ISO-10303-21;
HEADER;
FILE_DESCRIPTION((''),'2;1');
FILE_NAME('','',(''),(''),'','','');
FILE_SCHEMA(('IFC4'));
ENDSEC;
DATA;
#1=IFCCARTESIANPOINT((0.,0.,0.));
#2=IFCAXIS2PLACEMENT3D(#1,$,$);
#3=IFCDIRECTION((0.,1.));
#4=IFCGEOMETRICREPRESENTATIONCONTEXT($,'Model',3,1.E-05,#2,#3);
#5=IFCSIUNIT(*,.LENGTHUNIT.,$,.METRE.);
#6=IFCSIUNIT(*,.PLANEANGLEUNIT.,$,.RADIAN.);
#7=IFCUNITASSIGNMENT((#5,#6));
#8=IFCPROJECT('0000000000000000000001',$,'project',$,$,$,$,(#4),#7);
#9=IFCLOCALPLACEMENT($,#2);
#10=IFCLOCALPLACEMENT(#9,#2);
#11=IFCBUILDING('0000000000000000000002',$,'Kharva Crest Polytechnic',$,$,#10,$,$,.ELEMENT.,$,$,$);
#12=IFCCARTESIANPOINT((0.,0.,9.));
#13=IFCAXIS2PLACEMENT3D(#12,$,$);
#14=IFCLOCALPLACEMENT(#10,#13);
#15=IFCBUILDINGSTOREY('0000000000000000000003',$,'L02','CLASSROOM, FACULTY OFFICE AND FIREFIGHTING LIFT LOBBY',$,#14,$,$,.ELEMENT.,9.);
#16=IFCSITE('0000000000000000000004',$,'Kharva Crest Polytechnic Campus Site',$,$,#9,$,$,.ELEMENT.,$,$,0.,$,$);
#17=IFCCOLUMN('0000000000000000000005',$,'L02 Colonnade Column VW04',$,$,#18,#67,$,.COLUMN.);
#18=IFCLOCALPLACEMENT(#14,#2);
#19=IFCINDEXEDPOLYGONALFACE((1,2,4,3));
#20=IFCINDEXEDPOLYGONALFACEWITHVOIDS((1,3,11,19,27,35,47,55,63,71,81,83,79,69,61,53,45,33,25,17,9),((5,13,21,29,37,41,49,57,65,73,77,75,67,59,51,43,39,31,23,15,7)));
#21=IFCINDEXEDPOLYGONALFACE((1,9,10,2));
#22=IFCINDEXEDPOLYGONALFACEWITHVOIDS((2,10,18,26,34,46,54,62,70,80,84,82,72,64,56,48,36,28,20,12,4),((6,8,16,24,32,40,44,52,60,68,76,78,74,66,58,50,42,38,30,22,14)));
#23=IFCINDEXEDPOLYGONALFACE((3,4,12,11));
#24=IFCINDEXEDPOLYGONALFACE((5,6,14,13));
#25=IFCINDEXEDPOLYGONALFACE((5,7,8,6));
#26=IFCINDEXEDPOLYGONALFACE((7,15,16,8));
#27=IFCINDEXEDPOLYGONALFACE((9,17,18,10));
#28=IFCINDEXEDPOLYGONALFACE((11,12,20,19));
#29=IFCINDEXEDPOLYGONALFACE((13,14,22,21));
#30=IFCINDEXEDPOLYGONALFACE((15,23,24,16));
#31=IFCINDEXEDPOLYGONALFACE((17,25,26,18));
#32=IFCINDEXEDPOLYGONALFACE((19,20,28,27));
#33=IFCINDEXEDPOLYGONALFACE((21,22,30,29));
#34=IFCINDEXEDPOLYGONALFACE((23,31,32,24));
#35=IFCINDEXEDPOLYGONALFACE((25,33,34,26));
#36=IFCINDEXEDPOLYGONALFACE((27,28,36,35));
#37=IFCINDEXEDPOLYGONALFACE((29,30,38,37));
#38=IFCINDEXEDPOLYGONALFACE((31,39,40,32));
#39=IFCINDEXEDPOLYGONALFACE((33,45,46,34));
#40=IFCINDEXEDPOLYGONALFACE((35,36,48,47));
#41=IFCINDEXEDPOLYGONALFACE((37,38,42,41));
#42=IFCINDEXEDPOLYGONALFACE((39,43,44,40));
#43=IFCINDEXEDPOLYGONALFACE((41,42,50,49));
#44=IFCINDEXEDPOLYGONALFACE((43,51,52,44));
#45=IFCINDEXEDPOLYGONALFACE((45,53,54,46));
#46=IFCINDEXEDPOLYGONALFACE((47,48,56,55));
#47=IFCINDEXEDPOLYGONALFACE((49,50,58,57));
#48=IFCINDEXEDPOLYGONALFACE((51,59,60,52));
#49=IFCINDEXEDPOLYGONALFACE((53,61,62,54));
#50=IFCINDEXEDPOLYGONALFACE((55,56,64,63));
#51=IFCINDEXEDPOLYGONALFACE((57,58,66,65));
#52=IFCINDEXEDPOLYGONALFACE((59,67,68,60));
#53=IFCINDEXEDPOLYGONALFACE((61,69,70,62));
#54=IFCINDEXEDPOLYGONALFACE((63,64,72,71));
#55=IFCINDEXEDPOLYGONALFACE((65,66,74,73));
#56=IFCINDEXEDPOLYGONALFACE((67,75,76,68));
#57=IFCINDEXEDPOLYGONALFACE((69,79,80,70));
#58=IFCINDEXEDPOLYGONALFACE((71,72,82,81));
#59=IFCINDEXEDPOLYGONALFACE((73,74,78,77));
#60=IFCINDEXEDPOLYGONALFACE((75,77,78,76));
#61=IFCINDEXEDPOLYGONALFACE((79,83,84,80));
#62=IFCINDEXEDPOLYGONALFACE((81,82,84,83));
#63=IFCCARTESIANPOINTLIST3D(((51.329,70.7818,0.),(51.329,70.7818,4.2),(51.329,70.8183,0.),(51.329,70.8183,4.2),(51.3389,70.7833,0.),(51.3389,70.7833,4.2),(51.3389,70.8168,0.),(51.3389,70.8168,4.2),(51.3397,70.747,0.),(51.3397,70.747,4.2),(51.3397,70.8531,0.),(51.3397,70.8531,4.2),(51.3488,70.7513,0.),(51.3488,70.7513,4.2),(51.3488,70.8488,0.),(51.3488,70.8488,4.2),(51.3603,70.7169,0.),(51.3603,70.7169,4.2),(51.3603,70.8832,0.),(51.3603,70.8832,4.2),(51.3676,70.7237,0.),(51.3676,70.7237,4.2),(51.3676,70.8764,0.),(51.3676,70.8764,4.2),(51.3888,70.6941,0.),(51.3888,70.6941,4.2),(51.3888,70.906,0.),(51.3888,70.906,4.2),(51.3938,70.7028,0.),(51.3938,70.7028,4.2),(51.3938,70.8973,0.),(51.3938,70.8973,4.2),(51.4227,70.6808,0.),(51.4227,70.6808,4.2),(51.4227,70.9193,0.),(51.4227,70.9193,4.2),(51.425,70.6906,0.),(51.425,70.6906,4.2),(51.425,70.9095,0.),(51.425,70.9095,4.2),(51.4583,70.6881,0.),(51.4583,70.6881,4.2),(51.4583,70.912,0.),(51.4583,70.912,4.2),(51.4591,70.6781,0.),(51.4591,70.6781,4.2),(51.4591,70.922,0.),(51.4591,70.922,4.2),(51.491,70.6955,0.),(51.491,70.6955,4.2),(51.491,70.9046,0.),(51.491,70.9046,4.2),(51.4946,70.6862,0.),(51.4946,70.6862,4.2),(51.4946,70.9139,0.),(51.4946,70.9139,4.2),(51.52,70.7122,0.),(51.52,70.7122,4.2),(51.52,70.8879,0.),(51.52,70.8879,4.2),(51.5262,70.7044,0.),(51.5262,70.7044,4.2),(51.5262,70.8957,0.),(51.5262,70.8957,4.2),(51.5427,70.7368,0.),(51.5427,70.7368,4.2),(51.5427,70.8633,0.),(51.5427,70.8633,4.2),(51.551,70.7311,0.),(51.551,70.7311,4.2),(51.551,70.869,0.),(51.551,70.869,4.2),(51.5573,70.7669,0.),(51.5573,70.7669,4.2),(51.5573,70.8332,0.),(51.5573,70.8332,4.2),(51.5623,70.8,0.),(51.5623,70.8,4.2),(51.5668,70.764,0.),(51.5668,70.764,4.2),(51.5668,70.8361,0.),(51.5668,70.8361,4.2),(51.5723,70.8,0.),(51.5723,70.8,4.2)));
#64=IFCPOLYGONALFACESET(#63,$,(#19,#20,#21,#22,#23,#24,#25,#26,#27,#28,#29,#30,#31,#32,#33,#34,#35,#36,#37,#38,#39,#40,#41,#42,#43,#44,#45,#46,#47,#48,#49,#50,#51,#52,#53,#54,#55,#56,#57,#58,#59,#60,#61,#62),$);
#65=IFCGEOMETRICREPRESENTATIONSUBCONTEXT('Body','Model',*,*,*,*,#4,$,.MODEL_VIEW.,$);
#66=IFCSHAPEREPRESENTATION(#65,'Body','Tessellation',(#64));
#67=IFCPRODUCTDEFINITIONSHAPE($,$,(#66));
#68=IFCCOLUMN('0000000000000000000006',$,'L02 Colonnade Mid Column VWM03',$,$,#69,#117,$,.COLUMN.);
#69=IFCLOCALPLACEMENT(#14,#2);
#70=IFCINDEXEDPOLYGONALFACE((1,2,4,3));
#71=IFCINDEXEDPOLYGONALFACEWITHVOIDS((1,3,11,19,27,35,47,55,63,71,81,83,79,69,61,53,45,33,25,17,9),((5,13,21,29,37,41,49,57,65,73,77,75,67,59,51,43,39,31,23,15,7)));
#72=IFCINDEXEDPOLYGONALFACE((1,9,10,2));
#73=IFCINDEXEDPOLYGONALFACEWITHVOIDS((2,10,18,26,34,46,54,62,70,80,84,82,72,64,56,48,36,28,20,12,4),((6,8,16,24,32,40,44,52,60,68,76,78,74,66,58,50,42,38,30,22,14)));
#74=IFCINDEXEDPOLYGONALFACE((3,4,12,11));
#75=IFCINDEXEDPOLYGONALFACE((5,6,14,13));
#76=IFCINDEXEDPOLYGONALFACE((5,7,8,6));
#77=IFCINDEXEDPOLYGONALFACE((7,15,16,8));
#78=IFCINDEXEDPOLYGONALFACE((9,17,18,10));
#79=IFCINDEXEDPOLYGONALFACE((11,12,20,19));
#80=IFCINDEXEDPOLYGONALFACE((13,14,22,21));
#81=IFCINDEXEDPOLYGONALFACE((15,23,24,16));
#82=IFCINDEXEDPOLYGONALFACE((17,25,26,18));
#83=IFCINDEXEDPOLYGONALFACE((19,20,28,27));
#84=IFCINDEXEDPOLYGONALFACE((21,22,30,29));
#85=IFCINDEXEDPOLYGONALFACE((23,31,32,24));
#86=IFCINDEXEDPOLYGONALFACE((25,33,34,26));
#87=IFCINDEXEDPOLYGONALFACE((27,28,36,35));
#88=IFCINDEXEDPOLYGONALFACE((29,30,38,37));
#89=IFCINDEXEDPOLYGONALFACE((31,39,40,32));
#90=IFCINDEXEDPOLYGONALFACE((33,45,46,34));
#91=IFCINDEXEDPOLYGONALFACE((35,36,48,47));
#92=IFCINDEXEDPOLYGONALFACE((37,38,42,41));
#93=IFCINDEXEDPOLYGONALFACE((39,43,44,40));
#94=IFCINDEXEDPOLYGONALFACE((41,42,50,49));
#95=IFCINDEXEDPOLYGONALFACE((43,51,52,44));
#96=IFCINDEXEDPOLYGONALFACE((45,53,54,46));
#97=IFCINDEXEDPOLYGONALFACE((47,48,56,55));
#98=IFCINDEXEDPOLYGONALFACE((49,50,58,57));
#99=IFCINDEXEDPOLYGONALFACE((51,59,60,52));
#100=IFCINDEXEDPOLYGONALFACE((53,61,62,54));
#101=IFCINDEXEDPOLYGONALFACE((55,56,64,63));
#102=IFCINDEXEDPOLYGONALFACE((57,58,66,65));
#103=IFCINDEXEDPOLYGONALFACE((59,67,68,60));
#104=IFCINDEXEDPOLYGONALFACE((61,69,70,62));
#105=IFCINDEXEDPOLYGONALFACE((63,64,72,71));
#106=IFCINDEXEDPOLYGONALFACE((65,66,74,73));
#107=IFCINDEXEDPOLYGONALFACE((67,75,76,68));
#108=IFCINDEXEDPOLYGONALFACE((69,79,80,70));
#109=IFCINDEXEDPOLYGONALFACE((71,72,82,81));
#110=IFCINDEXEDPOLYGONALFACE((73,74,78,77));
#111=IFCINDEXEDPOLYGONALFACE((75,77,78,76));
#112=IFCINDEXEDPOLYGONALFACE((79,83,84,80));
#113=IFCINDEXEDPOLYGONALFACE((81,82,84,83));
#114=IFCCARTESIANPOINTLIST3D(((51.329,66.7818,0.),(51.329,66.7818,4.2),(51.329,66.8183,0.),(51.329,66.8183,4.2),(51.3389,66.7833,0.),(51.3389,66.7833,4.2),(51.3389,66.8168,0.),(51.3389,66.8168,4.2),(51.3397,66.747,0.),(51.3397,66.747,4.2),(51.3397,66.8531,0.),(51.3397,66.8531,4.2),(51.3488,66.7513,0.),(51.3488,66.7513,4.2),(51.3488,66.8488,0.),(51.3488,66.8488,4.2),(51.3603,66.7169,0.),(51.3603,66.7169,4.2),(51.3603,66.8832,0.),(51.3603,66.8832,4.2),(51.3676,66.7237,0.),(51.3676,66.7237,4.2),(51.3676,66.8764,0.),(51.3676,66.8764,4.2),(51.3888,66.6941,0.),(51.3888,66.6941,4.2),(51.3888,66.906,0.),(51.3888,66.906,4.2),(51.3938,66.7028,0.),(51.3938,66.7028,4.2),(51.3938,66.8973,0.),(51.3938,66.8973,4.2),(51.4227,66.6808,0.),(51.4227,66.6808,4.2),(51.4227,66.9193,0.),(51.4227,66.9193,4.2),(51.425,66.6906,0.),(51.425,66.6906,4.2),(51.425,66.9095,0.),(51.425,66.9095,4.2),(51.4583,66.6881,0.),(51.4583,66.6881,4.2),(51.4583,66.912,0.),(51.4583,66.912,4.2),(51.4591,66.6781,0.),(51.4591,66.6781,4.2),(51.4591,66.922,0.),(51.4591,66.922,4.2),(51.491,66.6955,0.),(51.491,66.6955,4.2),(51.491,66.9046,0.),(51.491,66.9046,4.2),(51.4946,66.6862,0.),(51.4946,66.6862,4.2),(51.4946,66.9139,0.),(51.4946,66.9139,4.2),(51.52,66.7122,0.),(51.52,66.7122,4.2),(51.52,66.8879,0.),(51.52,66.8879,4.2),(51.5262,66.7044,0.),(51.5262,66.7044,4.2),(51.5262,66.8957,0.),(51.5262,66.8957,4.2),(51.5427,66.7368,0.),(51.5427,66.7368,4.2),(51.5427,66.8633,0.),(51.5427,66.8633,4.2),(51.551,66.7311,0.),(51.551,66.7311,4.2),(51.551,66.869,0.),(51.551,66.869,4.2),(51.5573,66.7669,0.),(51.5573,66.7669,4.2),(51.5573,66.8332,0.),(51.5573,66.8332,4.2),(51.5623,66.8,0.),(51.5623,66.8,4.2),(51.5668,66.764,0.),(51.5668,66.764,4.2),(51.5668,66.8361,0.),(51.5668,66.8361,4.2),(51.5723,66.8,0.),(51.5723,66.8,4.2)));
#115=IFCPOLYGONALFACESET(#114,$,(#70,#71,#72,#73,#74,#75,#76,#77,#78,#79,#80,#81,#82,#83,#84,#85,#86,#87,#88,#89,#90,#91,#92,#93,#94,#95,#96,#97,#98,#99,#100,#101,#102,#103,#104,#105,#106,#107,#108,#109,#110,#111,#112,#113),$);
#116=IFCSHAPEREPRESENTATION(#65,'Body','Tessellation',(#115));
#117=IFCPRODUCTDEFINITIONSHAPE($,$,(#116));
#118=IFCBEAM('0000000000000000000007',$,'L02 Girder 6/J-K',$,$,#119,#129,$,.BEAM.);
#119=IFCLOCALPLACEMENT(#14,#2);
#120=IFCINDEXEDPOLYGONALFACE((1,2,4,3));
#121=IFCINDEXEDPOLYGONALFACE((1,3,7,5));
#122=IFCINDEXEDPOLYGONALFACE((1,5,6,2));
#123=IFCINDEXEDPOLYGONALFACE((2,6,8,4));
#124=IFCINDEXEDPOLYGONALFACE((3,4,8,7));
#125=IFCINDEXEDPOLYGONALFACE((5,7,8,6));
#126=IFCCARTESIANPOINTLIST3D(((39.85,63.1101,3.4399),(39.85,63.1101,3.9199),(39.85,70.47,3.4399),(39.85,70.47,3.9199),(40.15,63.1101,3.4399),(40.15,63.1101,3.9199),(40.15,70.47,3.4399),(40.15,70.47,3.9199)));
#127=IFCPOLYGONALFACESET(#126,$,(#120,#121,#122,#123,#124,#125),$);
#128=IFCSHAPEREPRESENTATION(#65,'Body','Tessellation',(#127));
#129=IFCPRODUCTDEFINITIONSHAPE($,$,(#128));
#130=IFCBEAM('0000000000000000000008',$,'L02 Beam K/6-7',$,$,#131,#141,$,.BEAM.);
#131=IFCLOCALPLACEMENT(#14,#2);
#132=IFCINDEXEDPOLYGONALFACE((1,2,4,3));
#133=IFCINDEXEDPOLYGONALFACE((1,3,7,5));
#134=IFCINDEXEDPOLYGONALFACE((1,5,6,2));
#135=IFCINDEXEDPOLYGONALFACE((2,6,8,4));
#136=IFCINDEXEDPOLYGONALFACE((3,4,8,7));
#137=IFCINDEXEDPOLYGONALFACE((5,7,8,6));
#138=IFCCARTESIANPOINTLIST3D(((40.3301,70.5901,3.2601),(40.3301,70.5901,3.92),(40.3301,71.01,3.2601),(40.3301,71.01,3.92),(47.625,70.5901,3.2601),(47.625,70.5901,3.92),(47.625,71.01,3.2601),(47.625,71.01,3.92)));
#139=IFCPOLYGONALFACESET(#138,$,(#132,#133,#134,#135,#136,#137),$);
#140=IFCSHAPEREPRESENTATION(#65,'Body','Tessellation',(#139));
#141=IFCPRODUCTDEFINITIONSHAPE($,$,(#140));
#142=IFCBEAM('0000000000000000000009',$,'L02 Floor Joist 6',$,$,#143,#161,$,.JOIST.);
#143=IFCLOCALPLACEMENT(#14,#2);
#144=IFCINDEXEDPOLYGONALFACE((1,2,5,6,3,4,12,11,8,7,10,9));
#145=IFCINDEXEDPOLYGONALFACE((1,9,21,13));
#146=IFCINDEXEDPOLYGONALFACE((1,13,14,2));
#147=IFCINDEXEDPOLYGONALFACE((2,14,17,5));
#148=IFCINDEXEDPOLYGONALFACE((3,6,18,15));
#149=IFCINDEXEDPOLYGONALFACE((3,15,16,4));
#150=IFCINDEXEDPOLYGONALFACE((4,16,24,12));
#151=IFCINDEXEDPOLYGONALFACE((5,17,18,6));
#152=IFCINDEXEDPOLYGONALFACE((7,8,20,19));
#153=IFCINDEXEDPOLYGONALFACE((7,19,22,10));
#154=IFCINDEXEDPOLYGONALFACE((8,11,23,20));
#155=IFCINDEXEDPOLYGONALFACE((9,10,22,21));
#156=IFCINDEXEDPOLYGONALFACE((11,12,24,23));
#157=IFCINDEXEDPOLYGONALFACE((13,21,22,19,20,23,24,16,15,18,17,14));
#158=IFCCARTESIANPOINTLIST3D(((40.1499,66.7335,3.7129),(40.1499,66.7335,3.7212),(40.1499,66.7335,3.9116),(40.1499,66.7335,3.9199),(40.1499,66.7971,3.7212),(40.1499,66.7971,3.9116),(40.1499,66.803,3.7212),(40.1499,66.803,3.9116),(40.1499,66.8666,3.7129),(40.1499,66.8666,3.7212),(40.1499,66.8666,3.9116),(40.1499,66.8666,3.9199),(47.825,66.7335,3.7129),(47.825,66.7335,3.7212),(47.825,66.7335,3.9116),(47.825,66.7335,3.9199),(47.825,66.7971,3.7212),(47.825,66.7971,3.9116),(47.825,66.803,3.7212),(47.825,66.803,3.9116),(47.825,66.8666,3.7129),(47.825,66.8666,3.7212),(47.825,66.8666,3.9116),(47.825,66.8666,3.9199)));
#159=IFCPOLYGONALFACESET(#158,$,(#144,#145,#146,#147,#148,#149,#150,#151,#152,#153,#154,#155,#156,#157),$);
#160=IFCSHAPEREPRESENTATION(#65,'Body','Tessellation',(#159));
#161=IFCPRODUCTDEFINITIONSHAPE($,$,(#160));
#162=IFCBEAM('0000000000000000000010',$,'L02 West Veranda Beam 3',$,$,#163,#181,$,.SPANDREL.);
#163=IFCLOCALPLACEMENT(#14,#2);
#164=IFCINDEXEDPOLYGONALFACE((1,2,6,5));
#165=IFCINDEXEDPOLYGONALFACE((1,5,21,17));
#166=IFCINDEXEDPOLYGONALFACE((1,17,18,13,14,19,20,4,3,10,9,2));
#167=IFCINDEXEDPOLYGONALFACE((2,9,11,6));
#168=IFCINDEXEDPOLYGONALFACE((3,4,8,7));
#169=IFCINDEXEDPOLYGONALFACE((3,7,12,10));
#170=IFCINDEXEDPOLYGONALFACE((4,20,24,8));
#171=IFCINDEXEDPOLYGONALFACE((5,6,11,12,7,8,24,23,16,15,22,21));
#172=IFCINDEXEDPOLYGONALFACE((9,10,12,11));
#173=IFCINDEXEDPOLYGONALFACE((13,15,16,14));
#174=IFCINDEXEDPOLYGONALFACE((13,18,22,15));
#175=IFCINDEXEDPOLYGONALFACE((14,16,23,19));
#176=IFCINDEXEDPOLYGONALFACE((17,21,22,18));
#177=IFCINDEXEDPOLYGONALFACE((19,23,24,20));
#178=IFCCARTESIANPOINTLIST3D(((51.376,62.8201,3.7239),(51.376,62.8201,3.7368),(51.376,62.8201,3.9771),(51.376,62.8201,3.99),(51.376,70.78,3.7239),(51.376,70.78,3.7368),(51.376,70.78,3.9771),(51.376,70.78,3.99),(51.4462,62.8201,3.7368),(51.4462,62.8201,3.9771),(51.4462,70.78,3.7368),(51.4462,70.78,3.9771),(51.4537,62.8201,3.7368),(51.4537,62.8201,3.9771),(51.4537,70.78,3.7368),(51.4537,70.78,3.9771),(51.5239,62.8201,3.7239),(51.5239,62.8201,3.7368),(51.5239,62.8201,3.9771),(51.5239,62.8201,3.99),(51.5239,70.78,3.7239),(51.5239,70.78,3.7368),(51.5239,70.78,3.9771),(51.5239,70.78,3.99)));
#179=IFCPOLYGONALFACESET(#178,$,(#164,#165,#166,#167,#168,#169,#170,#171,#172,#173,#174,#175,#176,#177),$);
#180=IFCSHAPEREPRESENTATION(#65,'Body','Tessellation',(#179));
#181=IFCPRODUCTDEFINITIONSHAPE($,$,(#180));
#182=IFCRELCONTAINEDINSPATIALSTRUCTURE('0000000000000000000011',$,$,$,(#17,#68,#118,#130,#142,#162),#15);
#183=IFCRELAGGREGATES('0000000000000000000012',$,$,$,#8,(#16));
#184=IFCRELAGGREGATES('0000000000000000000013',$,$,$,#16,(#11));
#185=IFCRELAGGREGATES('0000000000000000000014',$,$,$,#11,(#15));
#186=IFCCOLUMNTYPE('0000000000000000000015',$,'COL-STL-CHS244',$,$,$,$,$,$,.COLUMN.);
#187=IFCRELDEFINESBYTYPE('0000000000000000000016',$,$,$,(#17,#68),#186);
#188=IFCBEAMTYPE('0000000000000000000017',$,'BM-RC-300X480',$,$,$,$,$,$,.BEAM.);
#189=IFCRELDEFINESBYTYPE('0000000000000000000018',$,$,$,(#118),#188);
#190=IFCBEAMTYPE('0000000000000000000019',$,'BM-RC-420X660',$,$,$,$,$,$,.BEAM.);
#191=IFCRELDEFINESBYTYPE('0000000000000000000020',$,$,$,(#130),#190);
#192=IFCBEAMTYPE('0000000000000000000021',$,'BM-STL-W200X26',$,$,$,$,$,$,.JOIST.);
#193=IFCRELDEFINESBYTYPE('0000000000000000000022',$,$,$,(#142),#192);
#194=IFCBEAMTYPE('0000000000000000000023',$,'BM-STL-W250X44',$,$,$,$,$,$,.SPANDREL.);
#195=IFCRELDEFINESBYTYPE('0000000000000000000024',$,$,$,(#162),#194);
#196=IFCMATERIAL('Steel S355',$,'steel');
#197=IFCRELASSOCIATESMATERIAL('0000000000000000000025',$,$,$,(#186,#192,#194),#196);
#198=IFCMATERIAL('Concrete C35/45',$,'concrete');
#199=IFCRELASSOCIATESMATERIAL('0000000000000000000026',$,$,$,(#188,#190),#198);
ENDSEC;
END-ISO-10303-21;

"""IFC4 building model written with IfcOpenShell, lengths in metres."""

from ifc_helpers import new_model, si_unit, direction, frame, origin, origin_2d, place, context, subcontext, project, spatial, rectangle, hollow_circle, i_section, extrude, material, material_profile, profile_set, type_object, element, save


model = new_model("IFC4")

# Units and contexts
model_context = context("Model", 3, precision=1e-05, world=origin(), true_north=direction((0.0, 1.0)))
body_context = subcontext(model_context, "Body", "Model", "MODEL_VIEW")
ifc_project = project(units=[si_unit("LENGTHUNIT", "METRE"), si_unit("PLANEANGLEUNIT", "RADIAN")], contexts=[model_context])

# Site, building, storey
site_placement = place(None, origin())
site = spatial("IfcSite", under=ifc_project, at=site_placement, Name="Kharva Crest Polytechnic Campus Site", CompositionType="ELEMENT", RefElevation=0.0)
building_placement = place(site_placement, origin())
building = spatial("IfcBuilding", under=site, at=building_placement, Name="Kharva Crest Polytechnic", CompositionType="ELEMENT")
storey_placement = place(building_placement, frame((0.0, 0.0, 9.0)))
storey = spatial("IfcBuildingStorey", under=building, at=storey_placement, Name="L02", Description="CLASSROOM, FACULTY OFFICE AND FIREFIGHTING LIFT LOBBY", CompositionType="ELEMENT", Elevation=9.0)

# Columns
ifc_material_1 = material(Name="Steel S355", Category="steel")
ifc_material_profile_1 = material_profile(ifc_material_1, hollow_circle(Radius=0.1223, WallThickness=0.01, at=origin_2d()), Name="CHS 244.5X10.0")
ifc_profile_set_1 = profile_set([ifc_material_profile_1], Name="Steel S355")
column_type_1 = type_object("IfcColumnType", Name="COL-STL-CHS244", PredefinedType="COLUMN", material=ifc_profile_set_1)
for number, where, z_axis, x_axis, name in (
    (1, (51.45, 70.8, 0.0), (0.0, 0.0, 1.0), (1.0, 0.0, 0.0), "L02 Colonnade Column VW04"),
    (2, (51.45, 66.8, 0.0), (0.0, 0.0, 1.0), (1.0, 0.0, 0.0), "L02 Colonnade Mid Column VWM03"),
):
    element("IfcColumn", number, at=place(storey_placement, frame(where, z_axis=z_axis, x_axis=x_axis)), inside=storey, type_object=column_type_1, Name=name, PredefinedType="COLUMN", context=body_context, shape_type="SweptSolid", body=[
        extrude(hollow_circle(Radius=0.1223, WallThickness=0.01, at=origin_2d()), origin(), (0.0, 0.0, 1.0), 4.2),
    ])

# Beams
ifc_material_2 = material(Name="Concrete C35/45", Category="concrete")
ifc_material_profile_2 = material_profile(ifc_material_2, rectangle(XDim=0.3, YDim=0.48, at=origin_2d()), Name="RECT 300 X 480")
ifc_profile_set_2 = profile_set([ifc_material_profile_2], Name="Concrete C35/45")
beam_type_1 = type_object("IfcBeamType", Name="BM-RC-300X480", PredefinedType="BEAM", material=ifc_profile_set_2)
beam_1_placement = place(storey_placement, frame((40.0, 63.1101, 3.6799), z_axis=(0.0, 1.0, 0.0), x_axis=(-1.0, 0.0, 0.0)))
element("IfcBeam", 3, at=beam_1_placement, inside=storey, type_object=beam_type_1, Name="L02 Girder 6/J-K", PredefinedType="BEAM", context=body_context, shape_type="SweptSolid", body=[
    extrude(rectangle(XDim=0.3, YDim=0.48, at=origin_2d()), origin(), (0.0, 0.0, 1.0), 7.3599),
])
ifc_material_profile_3 = material_profile(ifc_material_2, rectangle(XDim=0.4199, YDim=0.6599, at=origin_2d()), Name="RECT 420 X 660")
ifc_profile_set_3 = profile_set([ifc_material_profile_3], Name="Concrete C35/45")
beam_type_2 = type_object("IfcBeamType", Name="BM-RC-420X660", PredefinedType="BEAM", material=ifc_profile_set_3)
beam_2_placement = place(storey_placement, frame((40.3301, 70.8, 3.5901), z_axis=(1.0, 0.0, 0.0), x_axis=(0.0, 1.0, 0.0)))
element("IfcBeam", 4, at=beam_2_placement, inside=storey, type_object=beam_type_2, Name="L02 Beam K/6-7", PredefinedType="BEAM", context=body_context, shape_type="SweptSolid", body=[
    extrude(rectangle(XDim=0.4199, YDim=0.6599, at=origin_2d()), origin(), (0.0, 0.0, 1.0), 7.2949),
])
ifc_material_profile_4 = material_profile(ifc_material_1, i_section(OverallWidth=0.1331, OverallDepth=0.207, WebThickness=0.0059, FlangeThickness=0.0083, at=origin_2d()), Name="W200X26.6")
ifc_profile_set_4 = profile_set([ifc_material_profile_4], Name="Steel S355")
beam_type_3 = type_object("IfcBeamType", Name="BM-STL-W200X26", PredefinedType="JOIST", material=ifc_profile_set_4)
beam_3_placement = place(storey_placement, frame((40.1499, 66.8, 3.8164), z_axis=(1.0, 0.0, 0.0), x_axis=(0.0, 1.0, 0.0)))
element("IfcBeam", 5, at=beam_3_placement, inside=storey, type_object=beam_type_3, Name="L02 Floor Joist 6", PredefinedType="JOIST", context=body_context, shape_type="SweptSolid", body=[
    extrude(i_section(OverallWidth=0.1331, OverallDepth=0.207, WebThickness=0.0059, FlangeThickness=0.0083, at=origin_2d()), origin(), (0.0, 0.0, 1.0), 7.675),
])
ifc_material_profile_5 = material_profile(ifc_material_1, i_section(OverallWidth=0.1479, OverallDepth=0.2661, WebThickness=0.0076, FlangeThickness=0.0129, at=origin_2d()), Name="W250X44.8")
ifc_profile_set_5 = profile_set([ifc_material_profile_5], Name="Steel S355")
beam_type_4 = type_object("IfcBeamType", Name="BM-STL-W250X44", PredefinedType="SPANDREL", material=ifc_profile_set_5)
beam_4_placement = place(storey_placement, frame((51.45, 62.8201, 3.8569), z_axis=(0.0, 1.0, 0.0), x_axis=(-1.0, 0.0, 0.0)))
element("IfcBeam", 6, at=beam_4_placement, inside=storey, type_object=beam_type_4, Name="L02 West Veranda Beam 3", PredefinedType="SPANDREL", context=body_context, shape_type="SweptSolid", body=[
    extrude(i_section(OverallWidth=0.1479, OverallDepth=0.2661, WebThickness=0.0076, FlangeThickness=0.0129, at=origin_2d()), origin(), (0.0, 0.0, 1.0), 7.96),
])

save(model, "model.ifc")
